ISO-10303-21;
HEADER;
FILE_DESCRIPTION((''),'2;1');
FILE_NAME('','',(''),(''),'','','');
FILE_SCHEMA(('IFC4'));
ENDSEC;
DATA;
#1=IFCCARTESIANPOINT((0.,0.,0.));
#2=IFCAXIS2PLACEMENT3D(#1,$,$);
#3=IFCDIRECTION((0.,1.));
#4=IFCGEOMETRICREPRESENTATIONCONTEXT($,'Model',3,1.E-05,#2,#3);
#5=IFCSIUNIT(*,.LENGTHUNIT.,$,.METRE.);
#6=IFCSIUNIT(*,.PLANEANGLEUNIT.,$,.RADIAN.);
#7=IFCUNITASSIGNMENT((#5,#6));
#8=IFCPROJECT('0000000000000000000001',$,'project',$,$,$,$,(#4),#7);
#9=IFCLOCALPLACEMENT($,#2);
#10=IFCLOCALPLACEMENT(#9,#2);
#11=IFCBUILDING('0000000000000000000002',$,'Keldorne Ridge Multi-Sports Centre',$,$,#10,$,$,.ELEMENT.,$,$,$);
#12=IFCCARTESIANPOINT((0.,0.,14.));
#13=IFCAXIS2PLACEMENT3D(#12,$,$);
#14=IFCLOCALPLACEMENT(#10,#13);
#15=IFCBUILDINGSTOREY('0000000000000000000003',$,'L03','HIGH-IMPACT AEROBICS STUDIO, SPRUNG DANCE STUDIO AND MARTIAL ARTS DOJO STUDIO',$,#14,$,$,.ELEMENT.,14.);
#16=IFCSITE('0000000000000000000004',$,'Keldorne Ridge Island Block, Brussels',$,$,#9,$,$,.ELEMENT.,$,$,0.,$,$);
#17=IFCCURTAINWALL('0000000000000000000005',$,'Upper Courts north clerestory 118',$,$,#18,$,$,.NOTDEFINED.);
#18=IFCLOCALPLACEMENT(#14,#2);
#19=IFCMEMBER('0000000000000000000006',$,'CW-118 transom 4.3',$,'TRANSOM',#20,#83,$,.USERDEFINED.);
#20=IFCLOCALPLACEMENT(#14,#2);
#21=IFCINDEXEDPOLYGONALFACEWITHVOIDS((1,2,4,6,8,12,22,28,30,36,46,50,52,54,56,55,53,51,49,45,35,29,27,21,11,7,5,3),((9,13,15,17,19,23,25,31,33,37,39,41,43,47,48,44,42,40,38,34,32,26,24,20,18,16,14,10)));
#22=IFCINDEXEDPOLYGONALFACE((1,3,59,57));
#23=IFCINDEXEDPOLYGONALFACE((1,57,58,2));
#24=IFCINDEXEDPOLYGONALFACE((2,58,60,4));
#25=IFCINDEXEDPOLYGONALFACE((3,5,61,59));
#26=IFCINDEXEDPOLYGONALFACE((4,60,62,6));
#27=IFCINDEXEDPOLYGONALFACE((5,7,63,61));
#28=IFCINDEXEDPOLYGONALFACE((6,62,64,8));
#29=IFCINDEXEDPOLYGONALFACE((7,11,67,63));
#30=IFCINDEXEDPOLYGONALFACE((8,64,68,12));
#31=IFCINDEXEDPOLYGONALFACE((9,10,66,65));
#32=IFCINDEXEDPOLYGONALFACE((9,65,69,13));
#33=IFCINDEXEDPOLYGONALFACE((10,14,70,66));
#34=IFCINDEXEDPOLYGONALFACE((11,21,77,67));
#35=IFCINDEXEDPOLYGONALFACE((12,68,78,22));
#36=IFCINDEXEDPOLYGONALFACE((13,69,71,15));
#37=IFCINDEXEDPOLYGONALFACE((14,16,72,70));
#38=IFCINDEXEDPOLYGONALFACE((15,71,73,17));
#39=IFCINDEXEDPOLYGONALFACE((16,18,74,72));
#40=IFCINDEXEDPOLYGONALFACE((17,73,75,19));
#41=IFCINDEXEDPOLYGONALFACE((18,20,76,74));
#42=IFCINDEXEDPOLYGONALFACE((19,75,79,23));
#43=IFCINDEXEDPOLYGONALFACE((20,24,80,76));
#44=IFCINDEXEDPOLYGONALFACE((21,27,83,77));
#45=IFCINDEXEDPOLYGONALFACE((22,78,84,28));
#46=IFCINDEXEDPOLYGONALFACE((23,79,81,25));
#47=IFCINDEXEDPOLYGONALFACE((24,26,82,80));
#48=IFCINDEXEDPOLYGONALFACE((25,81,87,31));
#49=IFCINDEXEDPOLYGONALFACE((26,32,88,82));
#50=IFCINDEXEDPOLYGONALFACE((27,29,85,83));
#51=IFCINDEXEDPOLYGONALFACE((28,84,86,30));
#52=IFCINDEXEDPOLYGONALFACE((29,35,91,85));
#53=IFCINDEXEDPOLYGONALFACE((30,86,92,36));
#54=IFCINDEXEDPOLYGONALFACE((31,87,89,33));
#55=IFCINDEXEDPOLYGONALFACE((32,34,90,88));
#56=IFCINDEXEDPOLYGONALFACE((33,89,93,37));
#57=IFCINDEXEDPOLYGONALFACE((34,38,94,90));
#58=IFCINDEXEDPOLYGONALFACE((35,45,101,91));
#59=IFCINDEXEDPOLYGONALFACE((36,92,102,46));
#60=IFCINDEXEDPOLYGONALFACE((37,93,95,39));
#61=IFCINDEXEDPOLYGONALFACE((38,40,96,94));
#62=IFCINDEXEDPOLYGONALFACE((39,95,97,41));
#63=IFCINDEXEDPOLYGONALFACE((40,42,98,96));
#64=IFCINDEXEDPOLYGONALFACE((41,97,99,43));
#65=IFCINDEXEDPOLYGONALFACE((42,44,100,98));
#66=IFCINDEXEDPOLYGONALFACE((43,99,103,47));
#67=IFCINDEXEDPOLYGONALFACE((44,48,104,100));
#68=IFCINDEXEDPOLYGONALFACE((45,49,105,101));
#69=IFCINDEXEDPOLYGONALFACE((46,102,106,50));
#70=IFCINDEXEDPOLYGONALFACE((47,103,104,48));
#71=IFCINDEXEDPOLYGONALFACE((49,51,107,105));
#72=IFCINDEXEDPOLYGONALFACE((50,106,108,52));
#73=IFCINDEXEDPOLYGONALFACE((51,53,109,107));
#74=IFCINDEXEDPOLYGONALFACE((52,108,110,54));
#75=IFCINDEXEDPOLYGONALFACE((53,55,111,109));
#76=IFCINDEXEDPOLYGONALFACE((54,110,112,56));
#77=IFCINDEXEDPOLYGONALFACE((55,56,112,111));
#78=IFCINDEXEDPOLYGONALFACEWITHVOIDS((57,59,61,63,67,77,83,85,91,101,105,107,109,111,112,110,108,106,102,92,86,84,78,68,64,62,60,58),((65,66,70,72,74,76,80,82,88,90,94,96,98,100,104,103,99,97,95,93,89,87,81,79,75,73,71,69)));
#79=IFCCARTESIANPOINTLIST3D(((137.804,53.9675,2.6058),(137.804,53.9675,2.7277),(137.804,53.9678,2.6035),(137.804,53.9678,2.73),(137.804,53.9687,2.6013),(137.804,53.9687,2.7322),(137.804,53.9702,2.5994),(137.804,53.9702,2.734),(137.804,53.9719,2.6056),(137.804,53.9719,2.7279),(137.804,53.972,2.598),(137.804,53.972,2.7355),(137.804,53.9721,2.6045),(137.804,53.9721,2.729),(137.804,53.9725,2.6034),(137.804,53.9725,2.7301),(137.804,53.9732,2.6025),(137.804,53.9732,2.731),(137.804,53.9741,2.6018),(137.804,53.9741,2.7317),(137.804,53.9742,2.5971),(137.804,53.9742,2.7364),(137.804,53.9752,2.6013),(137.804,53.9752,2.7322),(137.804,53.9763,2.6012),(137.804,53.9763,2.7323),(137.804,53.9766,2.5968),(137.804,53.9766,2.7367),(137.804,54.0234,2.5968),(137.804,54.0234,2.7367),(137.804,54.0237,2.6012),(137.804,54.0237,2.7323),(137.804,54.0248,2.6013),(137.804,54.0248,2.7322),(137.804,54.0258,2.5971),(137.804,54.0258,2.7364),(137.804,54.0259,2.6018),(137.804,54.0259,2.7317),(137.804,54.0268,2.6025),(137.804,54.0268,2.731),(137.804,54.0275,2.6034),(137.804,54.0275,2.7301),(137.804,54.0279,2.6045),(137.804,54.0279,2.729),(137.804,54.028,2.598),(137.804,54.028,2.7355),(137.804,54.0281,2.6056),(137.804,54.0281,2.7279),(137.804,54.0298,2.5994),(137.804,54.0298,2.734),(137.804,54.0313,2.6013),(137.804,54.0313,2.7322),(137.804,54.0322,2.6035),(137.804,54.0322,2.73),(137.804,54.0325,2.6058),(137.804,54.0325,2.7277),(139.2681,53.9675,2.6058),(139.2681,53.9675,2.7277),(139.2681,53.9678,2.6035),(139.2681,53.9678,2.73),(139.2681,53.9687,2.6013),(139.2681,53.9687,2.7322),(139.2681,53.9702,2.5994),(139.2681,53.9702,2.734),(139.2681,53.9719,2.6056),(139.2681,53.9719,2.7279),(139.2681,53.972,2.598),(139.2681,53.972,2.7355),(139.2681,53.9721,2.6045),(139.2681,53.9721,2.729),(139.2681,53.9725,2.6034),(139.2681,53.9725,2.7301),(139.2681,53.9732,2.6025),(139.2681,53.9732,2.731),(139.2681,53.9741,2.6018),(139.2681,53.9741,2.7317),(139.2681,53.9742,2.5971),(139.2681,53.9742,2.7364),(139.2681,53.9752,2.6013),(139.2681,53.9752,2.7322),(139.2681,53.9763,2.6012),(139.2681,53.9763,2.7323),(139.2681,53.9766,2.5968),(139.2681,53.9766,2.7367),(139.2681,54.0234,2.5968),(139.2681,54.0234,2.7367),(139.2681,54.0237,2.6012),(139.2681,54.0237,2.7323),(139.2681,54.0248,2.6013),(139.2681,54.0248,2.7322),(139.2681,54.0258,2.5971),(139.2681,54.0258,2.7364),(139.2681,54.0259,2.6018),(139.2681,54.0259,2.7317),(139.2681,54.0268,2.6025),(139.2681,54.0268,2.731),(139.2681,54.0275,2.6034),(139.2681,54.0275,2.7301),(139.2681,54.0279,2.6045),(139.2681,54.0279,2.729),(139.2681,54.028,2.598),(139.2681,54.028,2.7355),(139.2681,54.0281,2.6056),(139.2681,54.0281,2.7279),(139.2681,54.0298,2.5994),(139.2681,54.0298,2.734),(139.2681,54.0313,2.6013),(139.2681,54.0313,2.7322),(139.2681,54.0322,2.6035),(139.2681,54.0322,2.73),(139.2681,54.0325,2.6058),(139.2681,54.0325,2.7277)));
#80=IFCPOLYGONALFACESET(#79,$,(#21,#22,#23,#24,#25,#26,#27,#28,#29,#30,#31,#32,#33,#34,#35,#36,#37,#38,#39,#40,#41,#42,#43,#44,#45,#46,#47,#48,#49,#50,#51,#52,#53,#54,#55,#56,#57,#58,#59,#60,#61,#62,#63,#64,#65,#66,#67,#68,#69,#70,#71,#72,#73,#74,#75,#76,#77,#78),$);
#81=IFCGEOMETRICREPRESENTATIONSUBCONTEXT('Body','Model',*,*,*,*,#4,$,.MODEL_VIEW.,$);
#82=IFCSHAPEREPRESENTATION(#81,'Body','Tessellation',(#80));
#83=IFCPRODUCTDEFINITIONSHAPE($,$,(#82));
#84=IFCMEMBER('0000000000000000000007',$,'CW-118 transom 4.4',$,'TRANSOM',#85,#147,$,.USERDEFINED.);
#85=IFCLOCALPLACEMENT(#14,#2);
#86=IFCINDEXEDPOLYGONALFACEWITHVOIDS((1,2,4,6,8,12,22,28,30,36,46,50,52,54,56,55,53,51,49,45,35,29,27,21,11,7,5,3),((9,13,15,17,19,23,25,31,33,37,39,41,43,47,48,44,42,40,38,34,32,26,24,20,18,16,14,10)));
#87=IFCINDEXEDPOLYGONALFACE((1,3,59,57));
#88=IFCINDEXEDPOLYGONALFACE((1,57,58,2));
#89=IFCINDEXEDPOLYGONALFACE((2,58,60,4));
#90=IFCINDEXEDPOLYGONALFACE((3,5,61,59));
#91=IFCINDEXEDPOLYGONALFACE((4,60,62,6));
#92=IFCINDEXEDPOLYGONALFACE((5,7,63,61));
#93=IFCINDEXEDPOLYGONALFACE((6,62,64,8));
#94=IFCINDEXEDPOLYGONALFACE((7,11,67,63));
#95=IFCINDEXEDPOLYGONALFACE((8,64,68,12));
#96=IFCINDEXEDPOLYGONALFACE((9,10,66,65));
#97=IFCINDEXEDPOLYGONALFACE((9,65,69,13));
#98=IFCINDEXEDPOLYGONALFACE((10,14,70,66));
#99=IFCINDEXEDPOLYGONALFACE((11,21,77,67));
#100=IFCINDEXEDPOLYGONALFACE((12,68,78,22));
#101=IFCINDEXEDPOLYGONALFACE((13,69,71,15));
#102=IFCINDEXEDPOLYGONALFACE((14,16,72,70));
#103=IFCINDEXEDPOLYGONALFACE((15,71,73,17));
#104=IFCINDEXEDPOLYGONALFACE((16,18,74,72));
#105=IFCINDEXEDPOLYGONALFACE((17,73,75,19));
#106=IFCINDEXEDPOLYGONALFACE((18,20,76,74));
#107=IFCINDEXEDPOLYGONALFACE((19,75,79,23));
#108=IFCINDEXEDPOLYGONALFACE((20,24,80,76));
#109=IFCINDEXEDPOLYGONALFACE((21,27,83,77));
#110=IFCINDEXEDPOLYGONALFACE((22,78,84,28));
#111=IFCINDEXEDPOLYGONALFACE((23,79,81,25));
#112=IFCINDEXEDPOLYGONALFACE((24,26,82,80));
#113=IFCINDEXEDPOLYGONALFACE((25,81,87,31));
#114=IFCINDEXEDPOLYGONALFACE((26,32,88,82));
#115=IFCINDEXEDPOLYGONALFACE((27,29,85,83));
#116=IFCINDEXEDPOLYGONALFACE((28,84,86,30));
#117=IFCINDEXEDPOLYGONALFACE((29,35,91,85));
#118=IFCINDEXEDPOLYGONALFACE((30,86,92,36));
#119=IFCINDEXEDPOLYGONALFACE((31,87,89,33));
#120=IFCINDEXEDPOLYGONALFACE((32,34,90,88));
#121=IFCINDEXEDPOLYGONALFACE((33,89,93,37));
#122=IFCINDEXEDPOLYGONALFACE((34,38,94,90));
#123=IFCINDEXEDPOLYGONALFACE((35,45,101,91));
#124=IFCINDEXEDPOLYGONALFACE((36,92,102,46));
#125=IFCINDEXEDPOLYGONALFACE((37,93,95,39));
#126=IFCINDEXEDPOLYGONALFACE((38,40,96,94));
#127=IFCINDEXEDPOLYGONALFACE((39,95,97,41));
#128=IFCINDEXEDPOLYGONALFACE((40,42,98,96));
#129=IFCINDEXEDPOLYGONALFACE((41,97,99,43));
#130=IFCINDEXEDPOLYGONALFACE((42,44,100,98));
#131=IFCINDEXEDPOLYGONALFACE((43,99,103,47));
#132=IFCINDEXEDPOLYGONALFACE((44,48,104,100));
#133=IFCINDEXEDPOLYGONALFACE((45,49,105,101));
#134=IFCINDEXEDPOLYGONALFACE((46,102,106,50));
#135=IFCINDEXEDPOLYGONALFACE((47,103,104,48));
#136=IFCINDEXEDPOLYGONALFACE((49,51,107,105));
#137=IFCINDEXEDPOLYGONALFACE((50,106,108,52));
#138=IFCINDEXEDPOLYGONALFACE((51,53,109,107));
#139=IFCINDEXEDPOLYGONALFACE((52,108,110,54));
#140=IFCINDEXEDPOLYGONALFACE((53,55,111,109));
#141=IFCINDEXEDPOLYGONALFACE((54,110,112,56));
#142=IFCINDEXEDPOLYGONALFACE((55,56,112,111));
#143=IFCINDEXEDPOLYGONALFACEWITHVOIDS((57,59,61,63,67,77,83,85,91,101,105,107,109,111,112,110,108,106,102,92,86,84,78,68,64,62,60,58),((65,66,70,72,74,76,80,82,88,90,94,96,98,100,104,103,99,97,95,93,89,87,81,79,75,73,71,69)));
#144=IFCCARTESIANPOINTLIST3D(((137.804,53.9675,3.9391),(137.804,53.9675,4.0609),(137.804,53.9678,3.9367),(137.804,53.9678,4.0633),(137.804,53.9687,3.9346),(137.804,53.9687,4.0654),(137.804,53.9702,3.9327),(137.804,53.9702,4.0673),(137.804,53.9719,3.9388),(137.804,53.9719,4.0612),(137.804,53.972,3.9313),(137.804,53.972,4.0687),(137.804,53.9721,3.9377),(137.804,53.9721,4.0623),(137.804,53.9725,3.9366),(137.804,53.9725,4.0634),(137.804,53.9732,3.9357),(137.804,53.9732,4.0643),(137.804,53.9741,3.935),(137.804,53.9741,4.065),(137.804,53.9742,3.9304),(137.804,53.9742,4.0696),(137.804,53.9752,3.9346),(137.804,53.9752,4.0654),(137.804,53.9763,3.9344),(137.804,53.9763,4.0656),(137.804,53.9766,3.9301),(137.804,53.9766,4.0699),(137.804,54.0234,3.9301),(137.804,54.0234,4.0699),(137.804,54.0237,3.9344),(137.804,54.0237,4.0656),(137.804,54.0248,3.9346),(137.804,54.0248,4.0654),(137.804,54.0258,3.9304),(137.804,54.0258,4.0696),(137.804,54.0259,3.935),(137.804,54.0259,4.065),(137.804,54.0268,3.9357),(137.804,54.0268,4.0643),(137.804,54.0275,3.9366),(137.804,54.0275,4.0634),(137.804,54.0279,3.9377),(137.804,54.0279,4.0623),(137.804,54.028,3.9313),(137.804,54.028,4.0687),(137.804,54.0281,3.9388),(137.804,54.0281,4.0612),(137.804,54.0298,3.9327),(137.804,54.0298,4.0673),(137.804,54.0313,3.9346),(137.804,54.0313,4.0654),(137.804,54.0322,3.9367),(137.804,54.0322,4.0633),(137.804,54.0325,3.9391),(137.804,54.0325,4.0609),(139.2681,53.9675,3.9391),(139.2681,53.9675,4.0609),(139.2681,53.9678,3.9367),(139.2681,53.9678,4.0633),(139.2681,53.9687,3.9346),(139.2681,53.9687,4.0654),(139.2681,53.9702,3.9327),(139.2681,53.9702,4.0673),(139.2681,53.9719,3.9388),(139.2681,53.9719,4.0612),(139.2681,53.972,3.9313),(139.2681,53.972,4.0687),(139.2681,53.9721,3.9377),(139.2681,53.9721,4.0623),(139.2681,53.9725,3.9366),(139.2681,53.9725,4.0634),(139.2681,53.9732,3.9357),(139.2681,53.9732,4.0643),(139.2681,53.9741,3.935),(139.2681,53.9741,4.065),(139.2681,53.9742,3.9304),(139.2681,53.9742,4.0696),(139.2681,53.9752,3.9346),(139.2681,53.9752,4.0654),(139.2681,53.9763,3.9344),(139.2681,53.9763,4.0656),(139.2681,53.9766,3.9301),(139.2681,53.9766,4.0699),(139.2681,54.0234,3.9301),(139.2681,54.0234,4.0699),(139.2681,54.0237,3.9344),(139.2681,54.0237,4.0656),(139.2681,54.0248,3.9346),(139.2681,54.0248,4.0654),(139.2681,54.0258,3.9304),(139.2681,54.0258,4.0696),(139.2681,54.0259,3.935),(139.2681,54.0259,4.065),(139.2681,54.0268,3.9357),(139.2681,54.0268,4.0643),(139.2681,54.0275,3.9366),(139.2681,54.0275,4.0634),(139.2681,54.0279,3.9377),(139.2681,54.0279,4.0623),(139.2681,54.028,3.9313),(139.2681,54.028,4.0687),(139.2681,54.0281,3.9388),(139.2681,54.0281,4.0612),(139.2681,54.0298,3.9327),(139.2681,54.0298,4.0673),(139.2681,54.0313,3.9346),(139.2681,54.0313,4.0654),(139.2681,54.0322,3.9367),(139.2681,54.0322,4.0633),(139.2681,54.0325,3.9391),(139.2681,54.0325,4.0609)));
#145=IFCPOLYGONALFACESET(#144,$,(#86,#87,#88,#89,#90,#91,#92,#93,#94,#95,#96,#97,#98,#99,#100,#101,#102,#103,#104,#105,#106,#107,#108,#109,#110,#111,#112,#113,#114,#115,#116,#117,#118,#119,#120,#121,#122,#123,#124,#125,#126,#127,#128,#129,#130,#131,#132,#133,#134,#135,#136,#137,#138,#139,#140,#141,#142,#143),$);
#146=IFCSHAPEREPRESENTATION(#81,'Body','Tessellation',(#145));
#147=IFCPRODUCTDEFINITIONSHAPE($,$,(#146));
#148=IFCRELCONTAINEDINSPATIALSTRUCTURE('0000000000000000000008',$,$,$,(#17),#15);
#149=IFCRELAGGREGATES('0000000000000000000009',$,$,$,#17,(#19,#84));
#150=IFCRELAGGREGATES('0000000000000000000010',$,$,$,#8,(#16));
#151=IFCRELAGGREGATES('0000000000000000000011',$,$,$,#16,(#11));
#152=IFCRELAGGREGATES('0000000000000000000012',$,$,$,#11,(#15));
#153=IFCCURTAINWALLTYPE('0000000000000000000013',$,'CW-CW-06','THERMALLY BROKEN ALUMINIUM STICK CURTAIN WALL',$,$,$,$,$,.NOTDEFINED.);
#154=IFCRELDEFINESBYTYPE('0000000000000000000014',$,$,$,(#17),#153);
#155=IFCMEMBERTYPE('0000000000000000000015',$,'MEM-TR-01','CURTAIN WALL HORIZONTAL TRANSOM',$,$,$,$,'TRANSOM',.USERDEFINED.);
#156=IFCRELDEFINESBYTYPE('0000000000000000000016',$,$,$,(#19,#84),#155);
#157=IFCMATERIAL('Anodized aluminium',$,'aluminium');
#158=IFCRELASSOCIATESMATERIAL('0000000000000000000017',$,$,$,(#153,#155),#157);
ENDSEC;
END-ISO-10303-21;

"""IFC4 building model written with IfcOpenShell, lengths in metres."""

from ifc_helpers import new_model, si_unit, direction, frame, origin, origin_2d, place, context, subcontext, project, spatial, hollow_rectangle, extrude, material, material_profile, profile_set, type_object, element, aggregate, save


model = new_model("IFC4")

# Units and contexts
model_context = context("Model", 3, precision=1e-05, world=origin(), true_north=direction((0.0, 1.0)))
body_context = subcontext(model_context, "Body", "Model", "MODEL_VIEW")
ifc_project = project(units=[si_unit("LENGTHUNIT", "METRE"), si_unit("PLANEANGLEUNIT", "RADIAN")], contexts=[model_context])

# Site, building, storey
site_placement = place(None, origin())
site = spatial("IfcSite", under=ifc_project, at=site_placement, Name="Keldorne Ridge Island Block, Brussels", CompositionType="ELEMENT", RefElevation=0.0)
building_placement = place(site_placement, origin())
building = spatial("IfcBuilding", under=site, at=building_placement, Name="Keldorne Ridge Multi-Sports Centre", CompositionType="ELEMENT")
storey_placement = place(building_placement, frame((0.0, 0.0, 14.0)))
storey = spatial("IfcBuildingStorey", under=building, at=storey_placement, Name="L03", Description="HIGH-IMPACT AEROBICS STUDIO, SPRUNG DANCE STUDIO AND MARTIAL ARTS DOJO STUDIO", CompositionType="ELEMENT", Elevation=14.0)

# Curtain wall, members
ifc_material_1 = material(Name="Anodized aluminium", Category="aluminium")
curtain_wall_type = type_object("IfcCurtainWallType", Name="CW-CW-06", Description="THERMALLY BROKEN ALUMINIUM STICK CURTAIN WALL", PredefinedType="NOTDEFINED", material=ifc_material_1)
curtain_wall_placement = place(storey_placement, origin())
curtain_wall = element("IfcCurtainWall", 1, at=curtain_wall_placement, inside=storey, type_object=curtain_wall_type, Name="Upper Courts north clerestory 118", PredefinedType="NOTDEFINED")
ifc_material_profile_1 = material_profile(ifc_material_1, hollow_rectangle(XDim=0.0649, YDim=0.1399, WallThickness=0.0044, InnerFilletRadius=0.0044, OuterFilletRadius=0.009, at=origin_2d()), Name="ALU TRANSOM 140x65x4.5")
ifc_profile_set_1 = profile_set([ifc_material_profile_1], Name="Anodized aluminium")
member_type_1 = type_object("IfcMemberType", Name="MEM-TR-01", Description="CURTAIN WALL HORIZONTAL TRANSOM", ElementType="TRANSOM", PredefinedType="USERDEFINED", material=ifc_profile_set_1)
member_1_placement = place(storey_placement, frame((139.2681, 54.0, 2.6667), z_axis=(-1.0, 0.0, 0.0), x_axis=(0.0, -1.0, 0.0)))
member_1 = element("IfcMember", 2, at=member_1_placement, type_object=member_type_1, Name="CW-118 transom 4.3", ObjectType="TRANSOM", PredefinedType="USERDEFINED", context=body_context, shape_type="SweptSolid", body=[
    extrude(hollow_rectangle(XDim=0.0649, YDim=0.1399, WallThickness=0.0044, InnerFilletRadius=0.0044, OuterFilletRadius=0.009, at=origin_2d()), origin(), (0.0, 0.0, 1.0), 1.4641),
])
member_2_placement = place(storey_placement, frame((139.2681, 54.0, 4.0), z_axis=(-1.0, 0.0, 0.0), x_axis=(0.0, -1.0, 0.0)))
member_2 = element("IfcMember", 3, at=member_2_placement, type_object=member_type_1, Name="CW-118 transom 4.4", ObjectType="TRANSOM", PredefinedType="USERDEFINED", context=body_context, shape_type="SweptSolid", body=[
    extrude(hollow_rectangle(XDim=0.0649, YDim=0.1399, WallThickness=0.0044, InnerFilletRadius=0.0044, OuterFilletRadius=0.009, at=origin_2d()), origin(), (0.0, 0.0, 1.0), 1.4641),
])
aggregate(curtain_wall, [member_1, member_2])

save(model, "model.ifc")
